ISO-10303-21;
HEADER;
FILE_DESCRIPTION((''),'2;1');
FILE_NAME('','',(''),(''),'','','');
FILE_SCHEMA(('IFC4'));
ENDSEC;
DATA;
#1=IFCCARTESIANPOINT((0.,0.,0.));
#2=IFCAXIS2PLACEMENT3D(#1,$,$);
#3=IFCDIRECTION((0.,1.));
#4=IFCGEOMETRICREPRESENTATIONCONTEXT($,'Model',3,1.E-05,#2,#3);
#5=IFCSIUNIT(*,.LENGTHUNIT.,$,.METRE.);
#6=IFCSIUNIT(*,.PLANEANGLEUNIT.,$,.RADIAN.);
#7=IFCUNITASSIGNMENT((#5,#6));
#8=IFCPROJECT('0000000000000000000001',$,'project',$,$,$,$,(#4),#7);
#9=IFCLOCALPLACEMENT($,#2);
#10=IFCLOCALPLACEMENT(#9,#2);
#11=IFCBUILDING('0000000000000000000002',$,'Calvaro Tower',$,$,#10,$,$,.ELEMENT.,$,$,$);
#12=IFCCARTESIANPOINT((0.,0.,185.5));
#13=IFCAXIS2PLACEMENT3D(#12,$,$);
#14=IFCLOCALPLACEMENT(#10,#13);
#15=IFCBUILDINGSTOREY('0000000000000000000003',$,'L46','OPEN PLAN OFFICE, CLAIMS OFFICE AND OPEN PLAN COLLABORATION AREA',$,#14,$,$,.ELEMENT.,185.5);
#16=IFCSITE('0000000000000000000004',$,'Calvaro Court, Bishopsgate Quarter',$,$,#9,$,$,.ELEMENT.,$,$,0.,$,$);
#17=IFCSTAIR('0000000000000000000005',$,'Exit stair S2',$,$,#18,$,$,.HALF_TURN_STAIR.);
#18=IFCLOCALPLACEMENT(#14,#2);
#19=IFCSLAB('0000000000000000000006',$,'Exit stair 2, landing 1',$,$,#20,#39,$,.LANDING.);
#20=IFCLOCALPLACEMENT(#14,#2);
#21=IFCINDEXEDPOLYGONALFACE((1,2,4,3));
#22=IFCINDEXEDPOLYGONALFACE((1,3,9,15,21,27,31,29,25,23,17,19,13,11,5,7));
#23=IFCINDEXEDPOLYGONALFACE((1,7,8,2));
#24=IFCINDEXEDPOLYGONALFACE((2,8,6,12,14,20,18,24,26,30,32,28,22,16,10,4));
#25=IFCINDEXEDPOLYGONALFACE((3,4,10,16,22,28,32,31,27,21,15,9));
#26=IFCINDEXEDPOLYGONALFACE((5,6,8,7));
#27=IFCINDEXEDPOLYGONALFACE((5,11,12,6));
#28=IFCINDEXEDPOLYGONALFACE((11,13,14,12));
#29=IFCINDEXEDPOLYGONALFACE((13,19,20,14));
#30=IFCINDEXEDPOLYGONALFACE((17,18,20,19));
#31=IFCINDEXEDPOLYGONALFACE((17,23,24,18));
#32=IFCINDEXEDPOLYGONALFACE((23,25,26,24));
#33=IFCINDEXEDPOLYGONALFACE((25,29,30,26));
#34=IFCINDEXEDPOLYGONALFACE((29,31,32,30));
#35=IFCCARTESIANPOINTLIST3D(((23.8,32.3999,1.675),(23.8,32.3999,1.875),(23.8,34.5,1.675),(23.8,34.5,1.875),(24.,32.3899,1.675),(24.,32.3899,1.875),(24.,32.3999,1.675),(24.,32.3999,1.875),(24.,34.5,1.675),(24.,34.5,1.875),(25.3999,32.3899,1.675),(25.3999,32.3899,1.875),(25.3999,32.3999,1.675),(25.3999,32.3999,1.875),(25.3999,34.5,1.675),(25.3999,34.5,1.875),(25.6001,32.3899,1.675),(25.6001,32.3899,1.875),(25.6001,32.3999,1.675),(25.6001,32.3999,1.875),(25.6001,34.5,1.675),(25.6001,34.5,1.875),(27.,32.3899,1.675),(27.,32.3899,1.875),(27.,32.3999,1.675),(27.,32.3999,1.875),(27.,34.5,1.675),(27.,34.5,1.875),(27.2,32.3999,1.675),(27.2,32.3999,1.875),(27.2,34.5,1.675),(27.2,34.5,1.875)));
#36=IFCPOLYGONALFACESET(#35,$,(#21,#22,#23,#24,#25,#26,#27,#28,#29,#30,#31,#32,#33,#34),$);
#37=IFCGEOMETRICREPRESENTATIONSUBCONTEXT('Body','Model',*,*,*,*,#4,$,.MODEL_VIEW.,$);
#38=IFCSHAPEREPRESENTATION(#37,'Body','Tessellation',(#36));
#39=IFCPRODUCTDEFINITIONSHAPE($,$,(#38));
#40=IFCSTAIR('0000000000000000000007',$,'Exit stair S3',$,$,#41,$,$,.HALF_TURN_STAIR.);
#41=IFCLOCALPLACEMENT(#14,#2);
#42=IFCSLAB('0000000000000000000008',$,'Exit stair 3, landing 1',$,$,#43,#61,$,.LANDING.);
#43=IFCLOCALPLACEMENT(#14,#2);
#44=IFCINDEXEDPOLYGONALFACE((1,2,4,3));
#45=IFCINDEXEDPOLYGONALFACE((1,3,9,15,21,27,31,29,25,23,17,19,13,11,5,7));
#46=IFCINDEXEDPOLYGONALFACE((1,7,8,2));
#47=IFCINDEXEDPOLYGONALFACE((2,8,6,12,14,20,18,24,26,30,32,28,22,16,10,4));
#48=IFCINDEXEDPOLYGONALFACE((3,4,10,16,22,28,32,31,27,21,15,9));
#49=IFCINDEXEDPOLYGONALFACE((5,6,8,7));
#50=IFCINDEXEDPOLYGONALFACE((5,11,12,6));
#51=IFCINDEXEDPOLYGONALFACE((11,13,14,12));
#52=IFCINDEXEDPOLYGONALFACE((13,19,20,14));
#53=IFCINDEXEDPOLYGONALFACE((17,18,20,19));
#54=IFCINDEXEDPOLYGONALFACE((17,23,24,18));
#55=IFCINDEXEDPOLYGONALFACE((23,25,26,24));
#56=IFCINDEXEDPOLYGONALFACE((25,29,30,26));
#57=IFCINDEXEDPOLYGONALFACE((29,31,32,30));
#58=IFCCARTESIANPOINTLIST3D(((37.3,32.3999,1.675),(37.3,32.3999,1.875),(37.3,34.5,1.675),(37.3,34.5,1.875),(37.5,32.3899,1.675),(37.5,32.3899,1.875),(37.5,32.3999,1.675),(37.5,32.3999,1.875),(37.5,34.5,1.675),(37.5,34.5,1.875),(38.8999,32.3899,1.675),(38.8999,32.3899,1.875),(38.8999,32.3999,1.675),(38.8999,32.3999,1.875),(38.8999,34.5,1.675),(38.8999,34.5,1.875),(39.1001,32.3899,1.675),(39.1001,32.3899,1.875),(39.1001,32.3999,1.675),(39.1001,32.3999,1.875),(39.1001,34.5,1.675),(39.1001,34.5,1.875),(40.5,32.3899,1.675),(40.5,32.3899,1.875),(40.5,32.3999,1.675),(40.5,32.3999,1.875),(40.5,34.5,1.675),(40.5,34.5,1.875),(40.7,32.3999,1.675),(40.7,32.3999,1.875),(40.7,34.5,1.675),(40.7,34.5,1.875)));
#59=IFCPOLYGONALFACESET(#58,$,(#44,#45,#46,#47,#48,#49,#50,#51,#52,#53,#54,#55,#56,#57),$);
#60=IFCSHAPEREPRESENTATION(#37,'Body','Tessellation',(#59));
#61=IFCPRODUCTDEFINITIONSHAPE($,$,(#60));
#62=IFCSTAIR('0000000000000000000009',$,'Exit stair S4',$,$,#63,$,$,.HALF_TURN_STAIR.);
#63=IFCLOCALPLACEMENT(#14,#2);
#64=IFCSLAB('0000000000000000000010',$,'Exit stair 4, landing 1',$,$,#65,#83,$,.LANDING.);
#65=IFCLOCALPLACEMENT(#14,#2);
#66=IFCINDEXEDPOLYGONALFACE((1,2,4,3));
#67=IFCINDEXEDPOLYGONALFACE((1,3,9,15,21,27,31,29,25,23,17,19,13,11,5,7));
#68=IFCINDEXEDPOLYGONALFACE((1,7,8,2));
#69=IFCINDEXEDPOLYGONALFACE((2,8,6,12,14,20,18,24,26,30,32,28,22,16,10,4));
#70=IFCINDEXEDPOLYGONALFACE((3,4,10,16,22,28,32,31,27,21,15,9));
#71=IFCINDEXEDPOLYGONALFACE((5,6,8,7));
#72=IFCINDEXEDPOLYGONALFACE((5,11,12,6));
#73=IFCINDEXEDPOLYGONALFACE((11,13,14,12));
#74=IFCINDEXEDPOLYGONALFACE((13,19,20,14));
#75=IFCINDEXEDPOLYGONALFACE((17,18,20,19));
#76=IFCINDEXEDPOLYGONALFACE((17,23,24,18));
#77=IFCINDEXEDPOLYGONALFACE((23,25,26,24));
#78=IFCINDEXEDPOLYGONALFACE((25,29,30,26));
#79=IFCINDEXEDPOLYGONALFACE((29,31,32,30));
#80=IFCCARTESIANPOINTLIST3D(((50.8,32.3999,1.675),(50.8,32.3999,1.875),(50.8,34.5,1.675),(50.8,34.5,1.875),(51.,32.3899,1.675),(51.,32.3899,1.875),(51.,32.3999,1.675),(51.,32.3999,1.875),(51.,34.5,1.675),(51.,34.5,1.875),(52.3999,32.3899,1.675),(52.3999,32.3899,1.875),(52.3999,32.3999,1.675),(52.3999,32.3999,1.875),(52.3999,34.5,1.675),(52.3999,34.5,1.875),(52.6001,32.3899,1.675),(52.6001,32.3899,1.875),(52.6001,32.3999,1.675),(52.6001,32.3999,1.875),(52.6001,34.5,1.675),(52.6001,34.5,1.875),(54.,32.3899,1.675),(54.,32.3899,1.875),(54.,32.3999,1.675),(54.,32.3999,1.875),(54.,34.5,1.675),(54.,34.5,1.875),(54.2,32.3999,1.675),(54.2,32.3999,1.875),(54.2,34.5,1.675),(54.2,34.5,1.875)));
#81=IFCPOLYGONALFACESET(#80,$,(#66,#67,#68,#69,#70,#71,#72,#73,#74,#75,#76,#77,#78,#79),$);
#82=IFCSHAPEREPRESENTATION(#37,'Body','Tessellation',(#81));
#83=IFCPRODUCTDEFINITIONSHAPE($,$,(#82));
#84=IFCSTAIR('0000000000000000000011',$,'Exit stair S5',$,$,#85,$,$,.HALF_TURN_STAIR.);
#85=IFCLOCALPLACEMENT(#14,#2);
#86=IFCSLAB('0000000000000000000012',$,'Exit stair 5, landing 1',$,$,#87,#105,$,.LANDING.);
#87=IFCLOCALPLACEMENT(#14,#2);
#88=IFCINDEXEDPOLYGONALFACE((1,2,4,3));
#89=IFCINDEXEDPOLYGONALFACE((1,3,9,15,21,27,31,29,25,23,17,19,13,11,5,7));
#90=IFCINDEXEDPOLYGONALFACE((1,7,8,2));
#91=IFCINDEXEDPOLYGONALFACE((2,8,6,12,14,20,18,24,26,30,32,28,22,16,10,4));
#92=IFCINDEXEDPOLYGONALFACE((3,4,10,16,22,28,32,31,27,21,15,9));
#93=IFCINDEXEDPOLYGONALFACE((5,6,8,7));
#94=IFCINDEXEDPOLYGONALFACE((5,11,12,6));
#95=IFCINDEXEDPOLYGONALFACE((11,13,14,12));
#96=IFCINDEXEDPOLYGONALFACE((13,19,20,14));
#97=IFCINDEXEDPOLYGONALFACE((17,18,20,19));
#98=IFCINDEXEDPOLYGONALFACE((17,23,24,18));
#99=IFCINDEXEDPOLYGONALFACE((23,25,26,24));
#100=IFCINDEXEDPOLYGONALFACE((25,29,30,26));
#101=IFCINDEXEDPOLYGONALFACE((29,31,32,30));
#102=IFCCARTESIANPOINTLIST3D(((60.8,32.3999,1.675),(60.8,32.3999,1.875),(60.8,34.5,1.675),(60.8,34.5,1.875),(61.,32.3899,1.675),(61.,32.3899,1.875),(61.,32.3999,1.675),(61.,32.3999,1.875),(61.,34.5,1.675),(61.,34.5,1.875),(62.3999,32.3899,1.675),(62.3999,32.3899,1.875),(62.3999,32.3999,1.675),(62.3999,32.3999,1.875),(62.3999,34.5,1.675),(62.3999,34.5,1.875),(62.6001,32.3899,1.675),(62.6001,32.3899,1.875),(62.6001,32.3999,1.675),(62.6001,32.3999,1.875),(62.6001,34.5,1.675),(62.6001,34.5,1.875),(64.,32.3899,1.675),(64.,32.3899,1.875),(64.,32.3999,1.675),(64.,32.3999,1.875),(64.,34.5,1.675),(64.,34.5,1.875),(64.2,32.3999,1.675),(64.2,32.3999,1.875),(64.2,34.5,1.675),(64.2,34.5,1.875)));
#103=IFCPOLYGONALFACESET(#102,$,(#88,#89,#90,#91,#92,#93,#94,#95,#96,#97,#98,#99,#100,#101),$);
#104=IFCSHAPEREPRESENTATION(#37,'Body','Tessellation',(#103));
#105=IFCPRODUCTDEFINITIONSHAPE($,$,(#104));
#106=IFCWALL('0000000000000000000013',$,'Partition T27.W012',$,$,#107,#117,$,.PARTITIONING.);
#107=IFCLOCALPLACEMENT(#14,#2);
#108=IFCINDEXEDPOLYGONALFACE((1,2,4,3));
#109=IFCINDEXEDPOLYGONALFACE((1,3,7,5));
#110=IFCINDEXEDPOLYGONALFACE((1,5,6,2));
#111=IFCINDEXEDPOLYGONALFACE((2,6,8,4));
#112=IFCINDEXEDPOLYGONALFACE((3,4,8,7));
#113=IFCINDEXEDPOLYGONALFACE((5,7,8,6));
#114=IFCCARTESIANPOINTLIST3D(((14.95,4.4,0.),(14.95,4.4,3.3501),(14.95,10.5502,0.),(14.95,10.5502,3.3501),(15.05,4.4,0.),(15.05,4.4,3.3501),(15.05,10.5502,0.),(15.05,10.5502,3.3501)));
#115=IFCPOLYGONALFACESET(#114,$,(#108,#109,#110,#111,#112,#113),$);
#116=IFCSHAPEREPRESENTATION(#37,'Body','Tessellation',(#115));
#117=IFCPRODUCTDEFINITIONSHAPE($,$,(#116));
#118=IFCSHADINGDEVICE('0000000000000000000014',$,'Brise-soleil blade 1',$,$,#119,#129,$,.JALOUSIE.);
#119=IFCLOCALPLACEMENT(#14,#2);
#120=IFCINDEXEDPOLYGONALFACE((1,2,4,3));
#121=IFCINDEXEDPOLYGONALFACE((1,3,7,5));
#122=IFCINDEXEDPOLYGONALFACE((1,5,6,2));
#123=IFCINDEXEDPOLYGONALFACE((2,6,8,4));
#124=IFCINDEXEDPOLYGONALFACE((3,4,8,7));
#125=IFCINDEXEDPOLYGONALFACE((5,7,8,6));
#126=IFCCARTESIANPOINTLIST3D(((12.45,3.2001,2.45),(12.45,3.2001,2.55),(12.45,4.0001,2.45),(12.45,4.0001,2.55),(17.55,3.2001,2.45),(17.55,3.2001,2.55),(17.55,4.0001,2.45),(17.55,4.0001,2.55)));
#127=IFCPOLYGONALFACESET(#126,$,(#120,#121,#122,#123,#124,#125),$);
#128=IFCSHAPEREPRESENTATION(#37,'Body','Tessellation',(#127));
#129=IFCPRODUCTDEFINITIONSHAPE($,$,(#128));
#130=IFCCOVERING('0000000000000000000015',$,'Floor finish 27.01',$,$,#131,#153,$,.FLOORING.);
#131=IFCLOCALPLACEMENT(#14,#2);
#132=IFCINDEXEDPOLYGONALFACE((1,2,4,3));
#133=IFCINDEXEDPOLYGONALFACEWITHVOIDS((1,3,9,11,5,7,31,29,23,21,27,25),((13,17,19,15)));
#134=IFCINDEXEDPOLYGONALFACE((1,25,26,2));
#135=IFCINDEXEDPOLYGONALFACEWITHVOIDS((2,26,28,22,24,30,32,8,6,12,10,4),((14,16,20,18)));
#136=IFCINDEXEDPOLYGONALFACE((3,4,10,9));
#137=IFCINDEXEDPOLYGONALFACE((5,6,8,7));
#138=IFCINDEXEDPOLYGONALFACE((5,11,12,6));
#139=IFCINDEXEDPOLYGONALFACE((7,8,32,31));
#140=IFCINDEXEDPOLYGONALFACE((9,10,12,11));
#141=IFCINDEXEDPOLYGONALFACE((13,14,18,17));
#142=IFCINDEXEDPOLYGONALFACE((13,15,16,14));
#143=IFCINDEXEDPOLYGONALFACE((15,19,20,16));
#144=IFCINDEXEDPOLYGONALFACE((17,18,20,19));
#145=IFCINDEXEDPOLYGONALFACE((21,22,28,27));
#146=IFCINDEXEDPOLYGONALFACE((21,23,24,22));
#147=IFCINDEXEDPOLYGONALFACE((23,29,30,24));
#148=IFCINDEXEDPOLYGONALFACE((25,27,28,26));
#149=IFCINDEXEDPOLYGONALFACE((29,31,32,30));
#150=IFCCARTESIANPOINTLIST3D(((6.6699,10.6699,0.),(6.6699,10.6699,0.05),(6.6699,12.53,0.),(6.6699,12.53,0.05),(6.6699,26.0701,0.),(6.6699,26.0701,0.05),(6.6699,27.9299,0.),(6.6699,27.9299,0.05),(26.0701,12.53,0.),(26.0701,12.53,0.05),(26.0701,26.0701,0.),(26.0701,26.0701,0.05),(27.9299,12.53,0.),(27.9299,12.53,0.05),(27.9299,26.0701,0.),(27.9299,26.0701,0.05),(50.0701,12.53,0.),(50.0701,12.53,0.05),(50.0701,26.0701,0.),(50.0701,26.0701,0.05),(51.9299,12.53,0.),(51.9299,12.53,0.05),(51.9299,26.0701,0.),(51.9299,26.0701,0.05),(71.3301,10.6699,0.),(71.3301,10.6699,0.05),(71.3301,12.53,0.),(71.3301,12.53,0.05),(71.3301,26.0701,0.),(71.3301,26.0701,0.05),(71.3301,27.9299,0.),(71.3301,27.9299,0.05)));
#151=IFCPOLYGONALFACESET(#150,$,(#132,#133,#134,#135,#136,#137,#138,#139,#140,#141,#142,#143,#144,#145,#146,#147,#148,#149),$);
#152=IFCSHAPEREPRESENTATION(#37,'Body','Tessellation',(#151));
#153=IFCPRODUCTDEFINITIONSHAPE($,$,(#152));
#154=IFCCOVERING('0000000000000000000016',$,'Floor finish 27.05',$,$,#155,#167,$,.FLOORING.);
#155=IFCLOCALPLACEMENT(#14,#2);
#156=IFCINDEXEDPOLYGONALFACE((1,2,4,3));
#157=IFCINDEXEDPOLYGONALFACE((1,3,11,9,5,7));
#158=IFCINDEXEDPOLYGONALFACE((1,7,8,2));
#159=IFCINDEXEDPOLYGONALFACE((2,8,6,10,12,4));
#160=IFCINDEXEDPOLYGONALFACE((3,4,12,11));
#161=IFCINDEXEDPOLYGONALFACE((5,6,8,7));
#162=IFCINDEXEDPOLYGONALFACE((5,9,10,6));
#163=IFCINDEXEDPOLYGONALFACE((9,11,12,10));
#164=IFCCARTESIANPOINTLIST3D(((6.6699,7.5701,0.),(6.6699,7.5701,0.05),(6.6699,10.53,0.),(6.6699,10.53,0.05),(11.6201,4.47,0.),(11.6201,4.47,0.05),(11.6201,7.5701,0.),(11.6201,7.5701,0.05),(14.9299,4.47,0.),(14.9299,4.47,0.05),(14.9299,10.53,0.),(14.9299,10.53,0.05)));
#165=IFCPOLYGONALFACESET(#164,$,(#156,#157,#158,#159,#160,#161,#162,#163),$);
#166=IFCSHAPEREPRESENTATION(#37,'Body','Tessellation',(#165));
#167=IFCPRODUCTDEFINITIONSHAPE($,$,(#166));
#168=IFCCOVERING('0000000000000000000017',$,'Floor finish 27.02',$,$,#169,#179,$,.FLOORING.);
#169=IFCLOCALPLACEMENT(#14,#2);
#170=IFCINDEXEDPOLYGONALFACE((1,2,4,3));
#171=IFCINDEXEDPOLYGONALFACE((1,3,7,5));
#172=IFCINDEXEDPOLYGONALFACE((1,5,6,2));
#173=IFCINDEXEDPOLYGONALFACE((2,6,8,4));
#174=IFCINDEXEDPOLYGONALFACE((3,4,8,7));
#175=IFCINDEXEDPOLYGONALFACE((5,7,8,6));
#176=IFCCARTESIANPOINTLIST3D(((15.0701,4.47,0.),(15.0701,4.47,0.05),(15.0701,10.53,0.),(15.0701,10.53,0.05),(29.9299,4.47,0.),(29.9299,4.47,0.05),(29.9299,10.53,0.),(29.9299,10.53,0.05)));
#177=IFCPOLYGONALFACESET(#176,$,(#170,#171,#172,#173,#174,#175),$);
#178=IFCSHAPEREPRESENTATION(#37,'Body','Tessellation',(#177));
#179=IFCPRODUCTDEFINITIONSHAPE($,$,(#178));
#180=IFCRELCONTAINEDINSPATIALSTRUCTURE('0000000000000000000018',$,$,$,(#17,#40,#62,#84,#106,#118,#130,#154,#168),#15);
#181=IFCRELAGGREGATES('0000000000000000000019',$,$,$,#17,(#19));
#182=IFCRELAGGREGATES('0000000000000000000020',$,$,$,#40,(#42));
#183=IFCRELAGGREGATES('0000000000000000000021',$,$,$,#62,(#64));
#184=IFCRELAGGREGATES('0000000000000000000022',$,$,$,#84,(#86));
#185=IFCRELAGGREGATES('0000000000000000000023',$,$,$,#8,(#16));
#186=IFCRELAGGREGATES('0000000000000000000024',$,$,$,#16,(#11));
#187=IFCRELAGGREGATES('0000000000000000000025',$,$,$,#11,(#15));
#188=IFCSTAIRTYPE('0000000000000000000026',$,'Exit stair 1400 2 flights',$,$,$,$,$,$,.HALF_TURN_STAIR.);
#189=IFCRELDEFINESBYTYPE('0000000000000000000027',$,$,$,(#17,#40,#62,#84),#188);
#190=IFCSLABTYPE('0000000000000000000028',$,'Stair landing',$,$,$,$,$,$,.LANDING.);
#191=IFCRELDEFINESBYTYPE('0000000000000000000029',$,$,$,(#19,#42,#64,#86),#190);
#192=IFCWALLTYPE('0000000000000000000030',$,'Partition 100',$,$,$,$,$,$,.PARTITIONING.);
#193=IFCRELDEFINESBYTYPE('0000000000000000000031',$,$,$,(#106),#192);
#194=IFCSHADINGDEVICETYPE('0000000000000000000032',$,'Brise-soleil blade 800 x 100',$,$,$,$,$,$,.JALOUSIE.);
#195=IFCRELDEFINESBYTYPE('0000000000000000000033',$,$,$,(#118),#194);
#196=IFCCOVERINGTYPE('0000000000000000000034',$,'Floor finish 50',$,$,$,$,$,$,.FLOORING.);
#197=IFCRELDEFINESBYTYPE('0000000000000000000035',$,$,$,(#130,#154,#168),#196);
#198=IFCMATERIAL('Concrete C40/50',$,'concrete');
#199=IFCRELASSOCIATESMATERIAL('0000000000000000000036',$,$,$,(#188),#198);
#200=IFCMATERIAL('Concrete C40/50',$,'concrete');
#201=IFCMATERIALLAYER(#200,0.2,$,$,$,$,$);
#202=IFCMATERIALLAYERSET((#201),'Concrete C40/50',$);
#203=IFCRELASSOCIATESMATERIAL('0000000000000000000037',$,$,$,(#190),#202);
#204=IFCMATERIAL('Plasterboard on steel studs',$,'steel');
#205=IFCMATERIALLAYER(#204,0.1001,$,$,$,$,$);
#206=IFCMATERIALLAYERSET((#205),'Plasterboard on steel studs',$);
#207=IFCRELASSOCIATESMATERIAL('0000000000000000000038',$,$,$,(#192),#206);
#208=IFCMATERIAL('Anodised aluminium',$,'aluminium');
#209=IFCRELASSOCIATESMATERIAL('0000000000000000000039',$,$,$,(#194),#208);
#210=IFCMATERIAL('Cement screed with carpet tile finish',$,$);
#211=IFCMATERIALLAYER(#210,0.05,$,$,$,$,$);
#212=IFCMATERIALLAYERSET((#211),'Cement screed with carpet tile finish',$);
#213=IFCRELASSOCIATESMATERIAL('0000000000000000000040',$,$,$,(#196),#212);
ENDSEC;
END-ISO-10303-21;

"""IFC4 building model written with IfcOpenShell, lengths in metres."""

from ifc_helpers import new_model, si_unit, direction, frame, frame_2d, origin, origin_2d, place, context, subcontext, project, spatial, polyline, rectangle, outline, extrude, material, layer, layer_set, material_profile, profile_set, type_object, element, aggregate, save


model = new_model("IFC4")

# Units and contexts
model_context = context("Model", 3, precision=1e-05, world=origin(), true_north=direction((0.0, 1.0)))
body_context = subcontext(model_context, "Body", "Model", "MODEL_VIEW")
ifc_project = project(units=[si_unit("LENGTHUNIT", "METRE"), si_unit("PLANEANGLEUNIT", "RADIAN")], contexts=[model_context])

# Site, building, storey
site_placement = place(None, origin())
site = spatial("IfcSite", under=ifc_project, at=site_placement, Name="Calvaro Court, Bishopsgate Quarter", CompositionType="ELEMENT", RefElevation=0.0)
building_placement = place(site_placement, origin())
building = spatial("IfcBuilding", under=site, at=building_placement, Name="Calvaro Tower", CompositionType="ELEMENT")
storey_placement = place(building_placement, frame((0.0, 0.0, 185.5)))
storey = spatial("IfcBuildingStorey", under=building, at=storey_placement, Name="L46", Description="OPEN PLAN OFFICE, CLAIMS OFFICE AND OPEN PLAN COLLABORATION AREA", CompositionType="ELEMENT", Elevation=185.5)

# Stairs, slabs
ifc_material_1 = material(Name="Concrete C40/50", Category="concrete")
stair_type = type_object("IfcStairType", Name="Exit stair 1400 2 flights", PredefinedType="HALF_TURN_STAIR", material=ifc_material_1)
ifc_material_2 = material(Name="Concrete C40/50", Category="concrete")
ifc_layer_1 = layer(ifc_material_2, 0.2)
ifc_layer_set_1 = layer_set([ifc_layer_1], Name="Concrete C40/50")
slab_type_1 = type_object("IfcSlabType", Name="Stair landing", PredefinedType="LANDING", material=ifc_layer_set_1)
stair_1_placement = place(storey_placement, origin())
stair_1 = element("IfcStair", 1, at=stair_1_placement, inside=storey, type_object=stair_type, Name="Exit stair S2", PredefinedType="HALF_TURN_STAIR")
slab_1_placement = place(storey_placement, frame((0.0, 0.0, 1.675)))
slab_1 = element("IfcSlab", 2, at=slab_1_placement, type_object=slab_type_1, Name="Exit stair 2, landing 1", PredefinedType="LANDING", context=body_context, shape_type="SweptSolid", body=[
    extrude(outline(polyline([(25.3999, 32.3899), (24.0, 32.3899), (24.0, 32.3999), (23.8, 32.3999), (23.8, 34.5), (24.0, 34.5), (25.3999, 34.5), (25.6001, 34.5), (27.0, 34.5), (27.2, 34.5), (27.2, 32.3999), (27.0, 32.3999), (27.0, 32.3899), (25.6001, 32.3899), (25.6001, 32.3999), (25.3999, 32.3999), (25.3999, 32.3899)])), origin(), (0.0, 0.0, 1.0), 0.2),
])
aggregate(stair_1, [slab_1])
stair_2_placement = place(storey_placement, origin())
stair_2 = element("IfcStair", 3, at=stair_2_placement, inside=storey, type_object=stair_type, Name="Exit stair S3", PredefinedType="HALF_TURN_STAIR")
slab_2_placement = place(storey_placement, frame((0.0, 0.0, 1.675)))
slab_2 = element("IfcSlab", 4, at=slab_2_placement, type_object=slab_type_1, Name="Exit stair 3, landing 1", PredefinedType="LANDING", context=body_context, shape_type="SweptSolid", body=[
    extrude(outline(polyline([(38.8999, 32.3899), (37.5, 32.3899), (37.5, 32.3999), (37.3, 32.3999), (37.3, 34.5), (37.5, 34.5), (38.8999, 34.5), (39.1001, 34.5), (40.5, 34.5), (40.7, 34.5), (40.7, 32.3999), (40.5, 32.3999), (40.5, 32.3899), (39.1001, 32.3899), (39.1001, 32.3999), (38.8999, 32.3999), (38.8999, 32.3899)])), origin(), (0.0, 0.0, 1.0), 0.2),
])
aggregate(stair_2, [slab_2])
stair_3_placement = place(storey_placement, origin())
stair_3 = element("IfcStair", 5, at=stair_3_placement, inside=storey, type_object=stair_type, Name="Exit stair S4", PredefinedType="HALF_TURN_STAIR")
slab_3_placement = place(storey_placement, frame((0.0, 0.0, 1.675)))
slab_3 = element("IfcSlab", 6, at=slab_3_placement, type_object=slab_type_1, Name="Exit stair 4, landing 1", PredefinedType="LANDING", context=body_context, shape_type="SweptSolid", body=[
    extrude(outline(polyline([(52.3999, 32.3899), (51.0, 32.3899), (51.0, 32.3999), (50.8, 32.3999), (50.8, 34.5), (51.0, 34.5), (52.3999, 34.5), (52.6001, 34.5), (54.0, 34.5), (54.2, 34.5), (54.2, 32.3999), (54.0, 32.3999), (54.0, 32.3899), (52.6001, 32.3899), (52.6001, 32.3999), (52.3999, 32.3999), (52.3999, 32.3899)])), origin(), (0.0, 0.0, 1.0), 0.2),
])
aggregate(stair_3, [slab_3])
stair_4_placement = place(storey_placement, origin())
stair_4 = element("IfcStair", 7, at=stair_4_placement, inside=storey, type_object=stair_type, Name="Exit stair S5", PredefinedType="HALF_TURN_STAIR")
slab_4_placement = place(storey_placement, frame((0.0, 0.0, 1.675)))
slab_4 = element("IfcSlab", 8, at=slab_4_placement, type_object=slab_type_1, Name="Exit stair 5, landing 1", PredefinedType="LANDING", context=body_context, shape_type="SweptSolid", body=[
    extrude(outline(polyline([(62.3999, 32.3899), (61.0, 32.3899), (61.0, 32.3999), (60.8, 32.3999), (60.8, 34.5), (61.0, 34.5), (62.3999, 34.5), (62.6001, 34.5), (64.0, 34.5), (64.2, 34.5), (64.2, 32.3999), (64.0, 32.3999), (64.0, 32.3899), (62.6001, 32.3899), (62.6001, 32.3999), (62.3999, 32.3999), (62.3999, 32.3899)])), origin(), (0.0, 0.0, 1.0), 0.2),
])
aggregate(stair_4, [slab_4])

# Wall
ifc_material_3 = material(Name="Plasterboard on steel studs", Category="steel")
ifc_layer_2 = layer(ifc_material_3, 0.1001)
ifc_layer_set_2 = layer_set([ifc_layer_2], Name="Plasterboard on steel studs")
wall_type = type_object("IfcWallType", Name="Partition 100", PredefinedType="PARTITIONING", material=ifc_layer_set_2)
wall_placement = place(storey_placement, frame((15.0, 4.3999, 0.0), z_axis=(0.0, 0.0, 1.0), x_axis=(0.0, 1.0, 0.0)))
element("IfcWall", 9, at=wall_placement, inside=storey, type_object=wall_type, Name="Partition T27.W012", PredefinedType="PARTITIONING", context=body_context, shape_type="SweptSolid", body=[
    extrude(rectangle(XDim=6.1501, YDim=0.1001, at=frame_2d((3.0752, 0.0))), origin(), (0.0, 0.0, 1.0), 3.3501),
])

# Shading device
ifc_material_4 = material(Name="Anodised aluminium", Category="aluminium")
ifc_material_profile_1 = material_profile(ifc_material_4, rectangle(XDim=0.8, YDim=0.1001, at=origin_2d()), Name="Brise-soleil blade 800 x 100")
ifc_profile_set_1 = profile_set([ifc_material_profile_1], Name="Anodised aluminium")
shading_device_type = type_object("IfcShadingDeviceType", Name="Brise-soleil blade 800 x 100", PredefinedType="JALOUSIE", material=ifc_profile_set_1)
shading_device_placement = place(storey_placement, frame((12.45, 3.6001, 2.5), z_axis=(1.0, 0.0, 0.0), x_axis=(0.0, 1.0, 0.0)))
element("IfcShadingDevice", 10, at=shading_device_placement, inside=storey, type_object=shading_device_type, Name="Brise-soleil blade 1", PredefinedType="JALOUSIE", context=body_context, shape_type="SweptSolid", body=[
    extrude(rectangle(XDim=0.8, YDim=0.1001, at=origin_2d()), origin(), (0.0, 0.0, 1.0), 5.1001),
])

# Coverings
ifc_material_5 = material(Name="Cement screed with carpet tile finish")
ifc_layer_3 = layer(ifc_material_5, 0.05)
ifc_layer_set_3 = layer_set([ifc_layer_3], Name="Cement screed with carpet tile finish")
covering_type = type_object("IfcCoveringType", Name="Floor finish 50", PredefinedType="FLOORING", material=ifc_layer_set_3)
covering_1_placement = place(storey_placement, origin())
element("IfcCovering", 11, at=covering_1_placement, inside=storey, type_object=covering_type, Name="Floor finish 27.01", PredefinedType="FLOORING", context=body_context, shape_type="SweptSolid", body=[
    extrude(outline(polyline([(6.6699, 10.6699), (6.6699, 12.53), (26.0701, 12.53), (26.0701, 26.0701), (6.6699, 26.0701), (6.6699, 27.9299), (71.3301, 27.9299), (71.3301, 26.0701), (51.9299, 26.0701), (51.9299, 12.53), (71.3301, 12.53), (71.3301, 10.6699), (6.6699, 10.6699)]), holes=[polyline([(50.0701, 12.53), (50.0701, 26.0701), (27.9299, 26.0701), (27.9299, 12.53), (50.0701, 12.53)])]), origin(), (0.0, 0.0, 1.0), 0.05),
])
covering_2_placement = place(storey_placement, origin())
element("IfcCovering", 12, at=covering_2_placement, inside=storey, type_object=covering_type, Name="Floor finish 27.05", PredefinedType="FLOORING", context=body_context, shape_type="SweptSolid", body=[
    extrude(outline(polyline([(14.9299, 10.53), (14.9299, 4.47), (11.6201, 4.47), (11.6201, 7.5701), (6.6699, 7.5701), (6.6699, 10.53), (14.9299, 10.53)])), origin(), (0.0, 0.0, 1.0), 0.05),
])
covering_3_placement = place(storey_placement, origin())
element("IfcCovering", 13, at=covering_3_placement, inside=storey, type_object=covering_type, Name="Floor finish 27.02", PredefinedType="FLOORING", context=body_context, shape_type="SweptSolid", body=[
    extrude(outline(polyline([(15.0701, 10.53), (29.9299, 10.53), (29.9299, 4.47), (15.0701, 4.47), (15.0701, 10.53)])), origin(), (0.0, 0.0, 1.0), 0.05),
])

save(model, "model.ifc")
